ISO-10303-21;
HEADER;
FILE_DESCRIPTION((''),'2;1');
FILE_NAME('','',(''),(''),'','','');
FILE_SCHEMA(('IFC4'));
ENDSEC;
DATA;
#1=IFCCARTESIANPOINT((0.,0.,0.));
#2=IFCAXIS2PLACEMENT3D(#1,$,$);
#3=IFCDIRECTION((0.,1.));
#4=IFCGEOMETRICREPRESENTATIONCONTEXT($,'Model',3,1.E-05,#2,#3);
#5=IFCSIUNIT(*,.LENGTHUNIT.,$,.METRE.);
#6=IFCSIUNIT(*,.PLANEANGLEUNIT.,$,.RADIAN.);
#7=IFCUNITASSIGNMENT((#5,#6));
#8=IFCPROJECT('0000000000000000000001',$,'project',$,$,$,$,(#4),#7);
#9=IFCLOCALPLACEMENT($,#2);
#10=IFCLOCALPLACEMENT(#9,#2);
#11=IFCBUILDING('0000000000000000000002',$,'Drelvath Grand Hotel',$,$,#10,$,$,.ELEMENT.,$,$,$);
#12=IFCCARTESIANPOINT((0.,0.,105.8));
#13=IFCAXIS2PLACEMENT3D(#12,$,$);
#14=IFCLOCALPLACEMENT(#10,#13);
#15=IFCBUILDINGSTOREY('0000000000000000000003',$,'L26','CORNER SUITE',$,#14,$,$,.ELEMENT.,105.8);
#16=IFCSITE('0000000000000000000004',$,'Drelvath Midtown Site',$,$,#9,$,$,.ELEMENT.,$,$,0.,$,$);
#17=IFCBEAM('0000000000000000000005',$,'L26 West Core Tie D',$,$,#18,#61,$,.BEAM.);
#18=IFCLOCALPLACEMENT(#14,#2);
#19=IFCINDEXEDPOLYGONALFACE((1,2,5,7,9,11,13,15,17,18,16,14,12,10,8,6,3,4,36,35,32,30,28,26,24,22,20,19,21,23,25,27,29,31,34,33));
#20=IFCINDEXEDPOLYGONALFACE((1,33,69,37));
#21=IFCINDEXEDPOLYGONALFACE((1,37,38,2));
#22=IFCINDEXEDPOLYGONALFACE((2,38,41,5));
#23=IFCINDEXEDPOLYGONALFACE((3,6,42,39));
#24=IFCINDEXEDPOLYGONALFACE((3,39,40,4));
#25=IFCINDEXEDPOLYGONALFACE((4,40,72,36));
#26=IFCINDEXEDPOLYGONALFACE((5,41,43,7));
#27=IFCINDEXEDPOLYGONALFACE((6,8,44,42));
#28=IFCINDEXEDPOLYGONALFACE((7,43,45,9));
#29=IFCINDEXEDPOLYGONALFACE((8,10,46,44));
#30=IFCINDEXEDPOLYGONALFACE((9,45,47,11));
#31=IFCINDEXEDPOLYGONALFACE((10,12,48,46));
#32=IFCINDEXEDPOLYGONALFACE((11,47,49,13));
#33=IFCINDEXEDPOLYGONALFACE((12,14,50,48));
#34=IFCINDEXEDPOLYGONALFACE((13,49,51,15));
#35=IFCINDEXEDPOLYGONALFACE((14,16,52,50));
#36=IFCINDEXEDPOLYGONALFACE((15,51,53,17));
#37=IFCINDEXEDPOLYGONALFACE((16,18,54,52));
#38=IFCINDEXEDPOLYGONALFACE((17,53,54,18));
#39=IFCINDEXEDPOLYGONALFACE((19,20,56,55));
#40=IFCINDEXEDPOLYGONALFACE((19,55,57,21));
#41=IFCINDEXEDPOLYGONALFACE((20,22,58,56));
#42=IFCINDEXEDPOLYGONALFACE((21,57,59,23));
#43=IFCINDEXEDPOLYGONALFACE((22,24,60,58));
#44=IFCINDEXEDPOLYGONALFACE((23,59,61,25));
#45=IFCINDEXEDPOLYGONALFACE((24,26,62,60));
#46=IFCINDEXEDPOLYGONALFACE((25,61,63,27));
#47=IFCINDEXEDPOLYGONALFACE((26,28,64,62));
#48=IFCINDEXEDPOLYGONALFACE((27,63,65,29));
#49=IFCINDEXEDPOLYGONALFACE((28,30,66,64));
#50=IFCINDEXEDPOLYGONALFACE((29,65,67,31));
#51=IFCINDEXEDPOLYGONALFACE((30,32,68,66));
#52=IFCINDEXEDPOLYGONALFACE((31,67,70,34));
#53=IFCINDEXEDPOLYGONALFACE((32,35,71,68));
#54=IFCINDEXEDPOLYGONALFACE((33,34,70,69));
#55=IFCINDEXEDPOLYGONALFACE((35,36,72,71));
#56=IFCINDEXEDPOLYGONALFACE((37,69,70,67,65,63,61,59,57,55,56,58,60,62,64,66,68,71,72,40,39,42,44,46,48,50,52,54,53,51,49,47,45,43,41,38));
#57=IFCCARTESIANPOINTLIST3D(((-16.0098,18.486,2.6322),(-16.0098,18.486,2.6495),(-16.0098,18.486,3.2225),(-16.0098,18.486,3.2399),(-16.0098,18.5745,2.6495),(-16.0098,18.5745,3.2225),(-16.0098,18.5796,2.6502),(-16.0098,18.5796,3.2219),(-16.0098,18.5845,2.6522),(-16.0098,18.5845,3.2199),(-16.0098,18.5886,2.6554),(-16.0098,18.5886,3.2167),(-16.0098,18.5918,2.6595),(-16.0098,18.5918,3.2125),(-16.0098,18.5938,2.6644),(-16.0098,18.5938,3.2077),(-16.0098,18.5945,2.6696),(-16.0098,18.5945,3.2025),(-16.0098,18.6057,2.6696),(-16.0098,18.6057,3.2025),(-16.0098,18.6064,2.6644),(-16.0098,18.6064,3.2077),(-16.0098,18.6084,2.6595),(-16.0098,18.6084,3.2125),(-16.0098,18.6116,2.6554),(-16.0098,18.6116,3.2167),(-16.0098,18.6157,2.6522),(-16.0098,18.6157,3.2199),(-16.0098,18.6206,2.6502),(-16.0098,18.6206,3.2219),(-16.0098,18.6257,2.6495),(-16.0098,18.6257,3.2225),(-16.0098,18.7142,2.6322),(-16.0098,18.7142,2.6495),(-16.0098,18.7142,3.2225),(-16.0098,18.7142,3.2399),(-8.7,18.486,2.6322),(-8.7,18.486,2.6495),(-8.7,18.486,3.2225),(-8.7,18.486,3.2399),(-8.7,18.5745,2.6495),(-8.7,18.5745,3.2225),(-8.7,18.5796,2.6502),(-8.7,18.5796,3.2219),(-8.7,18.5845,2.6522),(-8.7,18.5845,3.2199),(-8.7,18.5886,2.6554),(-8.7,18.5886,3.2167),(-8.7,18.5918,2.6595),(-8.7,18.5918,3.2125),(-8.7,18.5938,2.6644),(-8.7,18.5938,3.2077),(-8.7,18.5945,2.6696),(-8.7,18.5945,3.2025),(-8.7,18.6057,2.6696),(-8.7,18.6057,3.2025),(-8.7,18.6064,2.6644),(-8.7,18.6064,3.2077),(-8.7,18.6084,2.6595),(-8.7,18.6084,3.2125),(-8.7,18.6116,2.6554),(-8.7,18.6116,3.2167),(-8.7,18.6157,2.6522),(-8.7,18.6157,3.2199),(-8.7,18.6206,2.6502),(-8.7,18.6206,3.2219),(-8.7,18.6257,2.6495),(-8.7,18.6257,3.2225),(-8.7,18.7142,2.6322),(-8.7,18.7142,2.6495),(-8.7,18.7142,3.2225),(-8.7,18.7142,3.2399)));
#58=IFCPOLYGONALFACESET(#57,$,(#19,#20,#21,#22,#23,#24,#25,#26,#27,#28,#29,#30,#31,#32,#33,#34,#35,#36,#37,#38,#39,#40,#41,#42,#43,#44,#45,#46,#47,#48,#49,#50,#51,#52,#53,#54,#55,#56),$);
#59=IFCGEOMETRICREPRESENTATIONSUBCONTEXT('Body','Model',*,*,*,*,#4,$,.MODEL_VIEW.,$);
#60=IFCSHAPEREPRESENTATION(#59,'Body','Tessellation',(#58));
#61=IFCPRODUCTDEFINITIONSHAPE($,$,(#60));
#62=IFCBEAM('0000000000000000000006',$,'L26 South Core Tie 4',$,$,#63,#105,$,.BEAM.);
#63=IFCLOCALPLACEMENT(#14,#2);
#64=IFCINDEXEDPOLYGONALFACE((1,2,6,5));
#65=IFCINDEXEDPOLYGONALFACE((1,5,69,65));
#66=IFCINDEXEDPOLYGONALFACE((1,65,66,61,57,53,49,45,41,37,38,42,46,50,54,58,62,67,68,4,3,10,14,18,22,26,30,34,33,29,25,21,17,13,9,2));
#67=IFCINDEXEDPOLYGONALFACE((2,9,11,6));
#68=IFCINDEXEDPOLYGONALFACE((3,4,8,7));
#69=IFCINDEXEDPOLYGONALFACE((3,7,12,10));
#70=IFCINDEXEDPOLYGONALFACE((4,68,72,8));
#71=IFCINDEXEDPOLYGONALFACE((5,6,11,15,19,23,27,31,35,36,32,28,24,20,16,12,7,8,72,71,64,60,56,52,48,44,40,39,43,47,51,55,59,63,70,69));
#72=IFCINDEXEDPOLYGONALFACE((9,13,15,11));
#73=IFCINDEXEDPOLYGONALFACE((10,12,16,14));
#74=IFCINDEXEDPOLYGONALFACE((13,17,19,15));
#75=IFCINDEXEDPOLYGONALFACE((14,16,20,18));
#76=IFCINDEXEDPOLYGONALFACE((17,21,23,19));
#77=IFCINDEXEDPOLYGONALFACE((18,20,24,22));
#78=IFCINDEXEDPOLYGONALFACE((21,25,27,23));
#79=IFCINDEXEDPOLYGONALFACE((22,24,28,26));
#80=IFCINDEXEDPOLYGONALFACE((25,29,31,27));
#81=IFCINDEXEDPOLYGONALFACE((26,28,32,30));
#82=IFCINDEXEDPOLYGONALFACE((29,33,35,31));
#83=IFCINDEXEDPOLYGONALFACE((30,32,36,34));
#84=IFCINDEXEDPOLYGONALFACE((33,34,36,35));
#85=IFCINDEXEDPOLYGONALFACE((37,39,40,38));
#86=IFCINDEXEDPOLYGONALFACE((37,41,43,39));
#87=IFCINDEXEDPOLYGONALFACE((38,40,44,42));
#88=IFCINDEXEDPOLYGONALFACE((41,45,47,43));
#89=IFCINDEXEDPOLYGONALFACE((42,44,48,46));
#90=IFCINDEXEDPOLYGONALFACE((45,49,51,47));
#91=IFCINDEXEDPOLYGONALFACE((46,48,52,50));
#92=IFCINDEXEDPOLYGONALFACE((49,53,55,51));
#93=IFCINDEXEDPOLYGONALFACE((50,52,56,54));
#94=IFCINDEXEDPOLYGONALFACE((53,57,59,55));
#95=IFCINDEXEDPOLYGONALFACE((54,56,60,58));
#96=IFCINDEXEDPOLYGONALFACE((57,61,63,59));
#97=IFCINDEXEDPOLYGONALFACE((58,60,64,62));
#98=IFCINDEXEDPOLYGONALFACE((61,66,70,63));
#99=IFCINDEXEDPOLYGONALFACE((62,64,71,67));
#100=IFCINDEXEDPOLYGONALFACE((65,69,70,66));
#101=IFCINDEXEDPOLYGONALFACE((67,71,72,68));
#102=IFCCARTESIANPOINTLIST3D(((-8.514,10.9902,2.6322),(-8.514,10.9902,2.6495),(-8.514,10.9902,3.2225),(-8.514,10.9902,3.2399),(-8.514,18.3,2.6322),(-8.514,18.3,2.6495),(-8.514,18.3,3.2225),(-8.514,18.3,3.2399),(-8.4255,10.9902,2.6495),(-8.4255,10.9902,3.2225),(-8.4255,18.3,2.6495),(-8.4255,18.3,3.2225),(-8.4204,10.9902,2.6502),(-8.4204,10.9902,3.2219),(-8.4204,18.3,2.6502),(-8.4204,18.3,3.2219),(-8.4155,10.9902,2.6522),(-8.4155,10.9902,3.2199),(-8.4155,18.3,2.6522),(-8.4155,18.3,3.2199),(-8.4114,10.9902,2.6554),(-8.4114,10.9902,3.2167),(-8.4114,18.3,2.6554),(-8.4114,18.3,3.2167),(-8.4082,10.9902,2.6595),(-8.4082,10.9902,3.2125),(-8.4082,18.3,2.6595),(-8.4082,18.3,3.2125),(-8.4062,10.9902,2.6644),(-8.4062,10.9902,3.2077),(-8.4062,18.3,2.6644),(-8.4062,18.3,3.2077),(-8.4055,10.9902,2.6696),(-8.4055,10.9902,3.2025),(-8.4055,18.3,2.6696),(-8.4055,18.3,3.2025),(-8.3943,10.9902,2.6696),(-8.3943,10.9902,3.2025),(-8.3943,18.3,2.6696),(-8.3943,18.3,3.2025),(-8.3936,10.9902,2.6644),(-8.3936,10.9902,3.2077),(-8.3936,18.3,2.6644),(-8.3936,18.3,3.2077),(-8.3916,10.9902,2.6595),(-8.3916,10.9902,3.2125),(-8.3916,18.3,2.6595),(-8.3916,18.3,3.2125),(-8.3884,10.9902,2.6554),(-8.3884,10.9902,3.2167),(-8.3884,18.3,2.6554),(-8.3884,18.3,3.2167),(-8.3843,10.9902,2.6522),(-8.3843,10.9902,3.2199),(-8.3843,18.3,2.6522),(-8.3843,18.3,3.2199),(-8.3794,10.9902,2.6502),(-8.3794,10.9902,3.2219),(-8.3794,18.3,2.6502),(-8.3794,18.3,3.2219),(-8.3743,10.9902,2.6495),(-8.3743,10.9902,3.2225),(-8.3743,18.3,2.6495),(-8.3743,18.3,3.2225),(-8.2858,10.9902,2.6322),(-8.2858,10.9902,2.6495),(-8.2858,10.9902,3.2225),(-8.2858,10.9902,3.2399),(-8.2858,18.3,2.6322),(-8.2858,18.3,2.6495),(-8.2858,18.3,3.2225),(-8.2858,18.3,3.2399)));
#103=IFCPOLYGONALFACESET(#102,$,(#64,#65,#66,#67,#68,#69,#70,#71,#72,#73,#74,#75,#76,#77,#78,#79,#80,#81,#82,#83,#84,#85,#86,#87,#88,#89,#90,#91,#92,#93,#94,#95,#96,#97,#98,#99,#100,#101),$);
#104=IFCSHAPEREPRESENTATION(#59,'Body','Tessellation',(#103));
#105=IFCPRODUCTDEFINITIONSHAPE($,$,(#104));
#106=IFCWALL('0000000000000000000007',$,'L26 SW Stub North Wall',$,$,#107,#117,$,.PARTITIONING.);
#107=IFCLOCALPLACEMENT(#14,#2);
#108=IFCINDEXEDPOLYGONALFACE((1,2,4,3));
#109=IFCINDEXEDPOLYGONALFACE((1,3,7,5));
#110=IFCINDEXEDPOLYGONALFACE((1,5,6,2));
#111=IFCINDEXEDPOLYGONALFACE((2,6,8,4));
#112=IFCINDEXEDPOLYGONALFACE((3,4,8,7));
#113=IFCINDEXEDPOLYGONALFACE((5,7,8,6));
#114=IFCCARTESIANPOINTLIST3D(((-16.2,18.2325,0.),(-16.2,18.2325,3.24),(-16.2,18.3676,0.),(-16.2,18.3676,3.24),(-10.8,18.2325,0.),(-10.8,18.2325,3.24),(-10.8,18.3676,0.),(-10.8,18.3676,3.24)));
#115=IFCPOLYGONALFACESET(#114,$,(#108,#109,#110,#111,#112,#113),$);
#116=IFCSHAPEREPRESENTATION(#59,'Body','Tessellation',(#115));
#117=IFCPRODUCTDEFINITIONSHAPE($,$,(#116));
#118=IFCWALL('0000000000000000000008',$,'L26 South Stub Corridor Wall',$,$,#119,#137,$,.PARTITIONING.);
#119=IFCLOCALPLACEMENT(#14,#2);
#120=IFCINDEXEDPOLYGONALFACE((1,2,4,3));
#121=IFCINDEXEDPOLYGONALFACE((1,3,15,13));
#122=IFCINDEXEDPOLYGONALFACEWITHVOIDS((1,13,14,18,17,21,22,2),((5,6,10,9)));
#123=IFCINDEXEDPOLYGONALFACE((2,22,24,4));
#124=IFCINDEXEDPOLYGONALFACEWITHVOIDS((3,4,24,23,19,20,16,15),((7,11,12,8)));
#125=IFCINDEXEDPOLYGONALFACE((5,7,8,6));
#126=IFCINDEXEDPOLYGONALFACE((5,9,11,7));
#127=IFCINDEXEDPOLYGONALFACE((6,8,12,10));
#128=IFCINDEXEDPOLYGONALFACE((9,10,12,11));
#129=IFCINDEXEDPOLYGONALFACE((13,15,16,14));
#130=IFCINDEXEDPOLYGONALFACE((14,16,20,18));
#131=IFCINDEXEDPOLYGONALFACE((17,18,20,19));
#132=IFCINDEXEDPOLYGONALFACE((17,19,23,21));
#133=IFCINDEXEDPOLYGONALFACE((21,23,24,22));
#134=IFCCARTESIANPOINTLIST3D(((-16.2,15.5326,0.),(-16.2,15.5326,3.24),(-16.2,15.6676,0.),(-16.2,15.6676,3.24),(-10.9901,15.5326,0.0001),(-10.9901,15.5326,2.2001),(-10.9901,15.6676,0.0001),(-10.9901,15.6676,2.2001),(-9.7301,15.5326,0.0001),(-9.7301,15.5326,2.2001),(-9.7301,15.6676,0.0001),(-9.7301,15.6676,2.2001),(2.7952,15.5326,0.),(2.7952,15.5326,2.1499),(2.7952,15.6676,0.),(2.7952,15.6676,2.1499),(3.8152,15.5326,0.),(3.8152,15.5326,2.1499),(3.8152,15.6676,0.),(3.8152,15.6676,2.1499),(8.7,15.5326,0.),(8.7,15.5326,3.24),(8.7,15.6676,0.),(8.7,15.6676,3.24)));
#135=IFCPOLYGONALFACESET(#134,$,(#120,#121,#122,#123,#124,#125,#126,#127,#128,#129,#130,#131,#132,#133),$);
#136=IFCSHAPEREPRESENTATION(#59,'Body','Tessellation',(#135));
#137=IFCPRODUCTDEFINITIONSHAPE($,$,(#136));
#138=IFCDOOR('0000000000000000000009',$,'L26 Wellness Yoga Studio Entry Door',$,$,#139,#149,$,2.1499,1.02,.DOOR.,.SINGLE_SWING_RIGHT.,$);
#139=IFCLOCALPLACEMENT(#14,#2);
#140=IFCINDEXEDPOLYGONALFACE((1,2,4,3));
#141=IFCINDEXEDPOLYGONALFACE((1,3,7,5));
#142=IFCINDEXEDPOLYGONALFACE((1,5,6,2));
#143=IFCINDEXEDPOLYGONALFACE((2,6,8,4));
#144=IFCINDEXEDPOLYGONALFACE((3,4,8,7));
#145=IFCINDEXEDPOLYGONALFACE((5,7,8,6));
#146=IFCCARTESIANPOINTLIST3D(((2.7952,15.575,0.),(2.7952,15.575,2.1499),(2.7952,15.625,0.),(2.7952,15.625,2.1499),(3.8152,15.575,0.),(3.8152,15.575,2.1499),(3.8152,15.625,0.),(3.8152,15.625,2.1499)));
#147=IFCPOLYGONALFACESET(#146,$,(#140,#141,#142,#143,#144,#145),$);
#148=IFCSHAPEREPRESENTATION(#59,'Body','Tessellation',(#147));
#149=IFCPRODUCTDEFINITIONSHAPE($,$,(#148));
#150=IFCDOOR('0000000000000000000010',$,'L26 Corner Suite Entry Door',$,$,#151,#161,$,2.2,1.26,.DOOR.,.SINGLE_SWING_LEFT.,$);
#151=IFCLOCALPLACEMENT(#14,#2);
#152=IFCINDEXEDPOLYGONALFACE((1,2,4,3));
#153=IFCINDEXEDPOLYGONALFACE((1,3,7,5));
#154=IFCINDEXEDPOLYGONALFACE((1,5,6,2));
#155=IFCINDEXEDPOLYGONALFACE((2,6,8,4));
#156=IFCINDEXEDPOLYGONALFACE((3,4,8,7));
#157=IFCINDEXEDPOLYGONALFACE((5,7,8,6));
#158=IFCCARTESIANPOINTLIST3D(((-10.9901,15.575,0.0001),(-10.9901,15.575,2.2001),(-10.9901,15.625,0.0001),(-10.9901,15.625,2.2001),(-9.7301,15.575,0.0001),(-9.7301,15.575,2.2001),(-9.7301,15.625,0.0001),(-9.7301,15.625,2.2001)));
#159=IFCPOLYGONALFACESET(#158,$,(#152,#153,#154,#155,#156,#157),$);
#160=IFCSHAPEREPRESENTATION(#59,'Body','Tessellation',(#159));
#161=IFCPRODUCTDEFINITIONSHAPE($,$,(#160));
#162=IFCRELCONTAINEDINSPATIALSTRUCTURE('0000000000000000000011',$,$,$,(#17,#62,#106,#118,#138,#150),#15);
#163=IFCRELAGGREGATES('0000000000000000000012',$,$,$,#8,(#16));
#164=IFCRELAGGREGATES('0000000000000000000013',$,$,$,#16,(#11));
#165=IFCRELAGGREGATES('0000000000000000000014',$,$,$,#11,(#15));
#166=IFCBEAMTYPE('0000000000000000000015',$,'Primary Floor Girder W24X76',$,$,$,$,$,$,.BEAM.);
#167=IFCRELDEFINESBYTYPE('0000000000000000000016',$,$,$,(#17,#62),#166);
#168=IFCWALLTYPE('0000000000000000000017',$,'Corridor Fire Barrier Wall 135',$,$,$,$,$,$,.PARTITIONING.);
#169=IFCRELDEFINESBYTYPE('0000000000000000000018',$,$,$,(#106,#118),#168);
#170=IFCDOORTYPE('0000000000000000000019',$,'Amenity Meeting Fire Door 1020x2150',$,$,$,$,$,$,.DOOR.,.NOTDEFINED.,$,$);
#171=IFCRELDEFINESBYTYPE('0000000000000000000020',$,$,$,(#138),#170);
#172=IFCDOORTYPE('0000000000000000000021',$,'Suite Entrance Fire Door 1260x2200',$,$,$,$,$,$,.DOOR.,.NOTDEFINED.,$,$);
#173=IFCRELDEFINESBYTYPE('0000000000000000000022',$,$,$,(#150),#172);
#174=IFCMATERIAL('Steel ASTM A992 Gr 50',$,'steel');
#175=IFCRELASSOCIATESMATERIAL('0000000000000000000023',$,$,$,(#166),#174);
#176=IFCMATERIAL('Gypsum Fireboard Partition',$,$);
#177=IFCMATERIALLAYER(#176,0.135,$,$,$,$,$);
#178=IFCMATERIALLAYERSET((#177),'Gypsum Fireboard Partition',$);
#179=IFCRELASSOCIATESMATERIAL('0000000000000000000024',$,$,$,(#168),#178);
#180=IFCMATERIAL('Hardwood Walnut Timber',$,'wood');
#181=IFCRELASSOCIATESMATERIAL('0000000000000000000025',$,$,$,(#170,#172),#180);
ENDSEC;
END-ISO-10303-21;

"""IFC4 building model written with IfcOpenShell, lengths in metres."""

from ifc_helpers import new_model, si_unit, direction, frame, frame_2d, origin, origin_2d, place, context, subcontext, project, spatial, rectangle, i_section, extrude, material, layer, layer_set, material_profile, profile_set, type_object, element, fill, save


model = new_model("IFC4")

# Units and contexts
model_context = context("Model", 3, precision=1e-05, world=origin(), true_north=direction((0.0, 1.0)))
body_context = subcontext(model_context, "Body", "Model", "MODEL_VIEW")
ifc_project = project(units=[si_unit("LENGTHUNIT", "METRE"), si_unit("PLANEANGLEUNIT", "RADIAN")], contexts=[model_context])

# Site, building, storey
site_placement = place(None, origin())
site = spatial("IfcSite", under=ifc_project, at=site_placement, Name="Drelvath Midtown Site", CompositionType="ELEMENT", RefElevation=0.0)
building_placement = place(site_placement, origin())
building = spatial("IfcBuilding", under=site, at=building_placement, Name="Drelvath Grand Hotel", CompositionType="ELEMENT")
storey_placement = place(building_placement, frame((0.0, 0.0, 105.8)))
storey = spatial("IfcBuildingStorey", under=building, at=storey_placement, Name="L26", Description="CORNER SUITE", CompositionType="ELEMENT", Elevation=105.8)

# Beams
ifc_material_1 = material(Name="Steel ASTM A992 Gr 50", Category="steel")
ifc_material_profile = material_profile(ifc_material_1, i_section(OverallWidth=0.2283, OverallDepth=0.6077, WebThickness=0.0112, FlangeThickness=0.0173, FilletRadius=0.02, at=origin_2d()), Name="W24X76")
ifc_profile_set = profile_set([ifc_material_profile], Name="Steel ASTM A992 Gr 50")
beam_type = type_object("IfcBeamType", Name="Primary Floor Girder W24X76", PredefinedType="BEAM", material=ifc_profile_set)
for number, where, z_axis, x_axis, name in (
    (1, (-16.0098, 18.6001, 2.936), (1.0, 0.0, 0.0), (0.0, 1.0, 0.0), "L26 West Core Tie D"),
    (2, (-8.3999, 10.9902, 2.936), (0.0, 1.0, 0.0), (-1.0, 0.0, 0.0), "L26 South Core Tie 4"),
):
    element("IfcBeam", number, at=place(storey_placement, frame(where, z_axis=z_axis, x_axis=x_axis)), inside=storey, type_object=beam_type, Name=name, PredefinedType="BEAM", context=body_context, shape_type="SweptSolid", body=[
        extrude(i_section(OverallWidth=0.2283, OverallDepth=0.6077, WebThickness=0.0112, FlangeThickness=0.0173, FilletRadius=0.02, at=origin_2d()), origin(), (0.0, 0.0, 1.0), 7.3098),
    ])

# Wall
ifc_material_2 = material(Name="Gypsum Fireboard Partition")
ifc_layer_1 = layer(ifc_material_2, 0.135)
ifc_layer_set_1 = layer_set([ifc_layer_1], Name="Gypsum Fireboard Partition")
wall_type_1 = type_object("IfcWallType", Name="Corridor Fire Barrier Wall 135", PredefinedType="PARTITIONING", material=ifc_layer_set_1)
wall_1_placement = place(storey_placement, frame((-16.2, 18.3, 0.0), z_axis=(0.0, 0.0, 1.0), x_axis=(1.0, 0.0, 0.0)))
element("IfcWall", 3, at=wall_1_placement, inside=storey, type_object=wall_type_1, Name="L26 SW Stub North Wall", PredefinedType="PARTITIONING", context=body_context, shape_type="SweptSolid", body=[
    extrude(rectangle(XDim=5.3999, YDim=0.135, at=frame_2d((2.7, 0.0))), origin(), (0.0, 0.0, 1.0), 3.24),
])

# Wall, openings, doors
wall_2_placement = place(storey_placement, frame((-16.2, 15.6001, 0.0), z_axis=(0.0, 0.0, 1.0), x_axis=(1.0, 0.0, 0.0)))
wall_2 = element("IfcWall", 4, at=wall_2_placement, inside=storey, type_object=wall_type_1, Name="L26 South Stub Corridor Wall", PredefinedType="PARTITIONING", context=body_context, shape_type="SweptSolid", body=[
    extrude(rectangle(XDim=24.8999, YDim=0.135, at=frame_2d((12.45, 0.0))), origin(), (0.0, 0.0, 1.0), 3.24),
])
opening_1_placement = place(wall_2_placement, frame((5.21, 0.0, 0.0)))
opening_1 = element("IfcOpeningElement", 5, at=opening_1_placement, cuts=wall_2, PredefinedType="OPENING", context=body_context, shape_type="SweptSolid", body=[
    extrude(rectangle(XDim=1.26, YDim=2.2, at=frame_2d((0.6299, 1.1001))), frame((0.0, 0.0774, 0.0), z_axis=(0.0, -1.0, 0.0), x_axis=(1.0, 0.0, 0.0)), (0.0, 0.0, 1.0), 0.155),
])
opening_2_placement = place(wall_2_placement, frame((18.9951, 0.0, 0.0)))
opening_2 = element("IfcOpeningElement", 6, at=opening_2_placement, cuts=wall_2, PredefinedType="OPENING", context=body_context, shape_type="SweptSolid", body=[
    extrude(rectangle(XDim=1.02, YDim=2.1499, at=frame_2d((0.51, 1.075))), frame((0.0, 0.0774, 0.0), z_axis=(0.0, -1.0, 0.0), x_axis=(1.0, 0.0, 0.0)), (0.0, 0.0, 1.0), 0.155),
])
ifc_material_3 = material(Name="Hardwood Walnut Timber", Category="wood")
door_type_1 = type_object("IfcDoorType", Name="Amenity Meeting Fire Door 1020x2150", OperationType="NOTDEFINED", PredefinedType="DOOR", material=ifc_material_3)
door_1_placement = place(opening_2_placement, origin())
door_1 = element("IfcDoor", 7, at=door_1_placement, inside=storey, type_object=door_type_1, Name="L26 Wellness Yoga Studio Entry Door", OperationType="SINGLE_SWING_RIGHT", OverallHeight=2.1499, OverallWidth=1.02, PredefinedType="DOOR", context=body_context, shape_type="SweptSolid", body=[
    extrude(rectangle(XDim=1.02, YDim=2.1499, at=frame_2d((0.51, 1.075))), frame((0.0, 0.0249, 0.0), z_axis=(0.0, -1.0, 0.0), x_axis=(1.0, 0.0, 0.0)), (0.0, 0.0, 1.0), 0.05),
])
fill(opening_2, door_1)
door_type_2 = type_object("IfcDoorType", Name="Suite Entrance Fire Door 1260x2200", OperationType="NOTDEFINED", PredefinedType="DOOR", material=ifc_material_3)
door_2_placement = place(opening_1_placement, origin())
door_2 = element("IfcDoor", 8, at=door_2_placement, inside=storey, type_object=door_type_2, Name="L26 Corner Suite Entry Door", OperationType="SINGLE_SWING_LEFT", OverallHeight=2.2, OverallWidth=1.26, PredefinedType="DOOR", context=body_context, shape_type="SweptSolid", body=[
    extrude(rectangle(XDim=1.26, YDim=2.2, at=frame_2d((0.6299, 1.1001))), frame((0.0, 0.0249, 0.0), z_axis=(0.0, -1.0, 0.0), x_axis=(1.0, 0.0, 0.0)), (0.0, 0.0, 1.0), 0.05),
])
fill(opening_1, door_2)

save(model, "model.ifc")
